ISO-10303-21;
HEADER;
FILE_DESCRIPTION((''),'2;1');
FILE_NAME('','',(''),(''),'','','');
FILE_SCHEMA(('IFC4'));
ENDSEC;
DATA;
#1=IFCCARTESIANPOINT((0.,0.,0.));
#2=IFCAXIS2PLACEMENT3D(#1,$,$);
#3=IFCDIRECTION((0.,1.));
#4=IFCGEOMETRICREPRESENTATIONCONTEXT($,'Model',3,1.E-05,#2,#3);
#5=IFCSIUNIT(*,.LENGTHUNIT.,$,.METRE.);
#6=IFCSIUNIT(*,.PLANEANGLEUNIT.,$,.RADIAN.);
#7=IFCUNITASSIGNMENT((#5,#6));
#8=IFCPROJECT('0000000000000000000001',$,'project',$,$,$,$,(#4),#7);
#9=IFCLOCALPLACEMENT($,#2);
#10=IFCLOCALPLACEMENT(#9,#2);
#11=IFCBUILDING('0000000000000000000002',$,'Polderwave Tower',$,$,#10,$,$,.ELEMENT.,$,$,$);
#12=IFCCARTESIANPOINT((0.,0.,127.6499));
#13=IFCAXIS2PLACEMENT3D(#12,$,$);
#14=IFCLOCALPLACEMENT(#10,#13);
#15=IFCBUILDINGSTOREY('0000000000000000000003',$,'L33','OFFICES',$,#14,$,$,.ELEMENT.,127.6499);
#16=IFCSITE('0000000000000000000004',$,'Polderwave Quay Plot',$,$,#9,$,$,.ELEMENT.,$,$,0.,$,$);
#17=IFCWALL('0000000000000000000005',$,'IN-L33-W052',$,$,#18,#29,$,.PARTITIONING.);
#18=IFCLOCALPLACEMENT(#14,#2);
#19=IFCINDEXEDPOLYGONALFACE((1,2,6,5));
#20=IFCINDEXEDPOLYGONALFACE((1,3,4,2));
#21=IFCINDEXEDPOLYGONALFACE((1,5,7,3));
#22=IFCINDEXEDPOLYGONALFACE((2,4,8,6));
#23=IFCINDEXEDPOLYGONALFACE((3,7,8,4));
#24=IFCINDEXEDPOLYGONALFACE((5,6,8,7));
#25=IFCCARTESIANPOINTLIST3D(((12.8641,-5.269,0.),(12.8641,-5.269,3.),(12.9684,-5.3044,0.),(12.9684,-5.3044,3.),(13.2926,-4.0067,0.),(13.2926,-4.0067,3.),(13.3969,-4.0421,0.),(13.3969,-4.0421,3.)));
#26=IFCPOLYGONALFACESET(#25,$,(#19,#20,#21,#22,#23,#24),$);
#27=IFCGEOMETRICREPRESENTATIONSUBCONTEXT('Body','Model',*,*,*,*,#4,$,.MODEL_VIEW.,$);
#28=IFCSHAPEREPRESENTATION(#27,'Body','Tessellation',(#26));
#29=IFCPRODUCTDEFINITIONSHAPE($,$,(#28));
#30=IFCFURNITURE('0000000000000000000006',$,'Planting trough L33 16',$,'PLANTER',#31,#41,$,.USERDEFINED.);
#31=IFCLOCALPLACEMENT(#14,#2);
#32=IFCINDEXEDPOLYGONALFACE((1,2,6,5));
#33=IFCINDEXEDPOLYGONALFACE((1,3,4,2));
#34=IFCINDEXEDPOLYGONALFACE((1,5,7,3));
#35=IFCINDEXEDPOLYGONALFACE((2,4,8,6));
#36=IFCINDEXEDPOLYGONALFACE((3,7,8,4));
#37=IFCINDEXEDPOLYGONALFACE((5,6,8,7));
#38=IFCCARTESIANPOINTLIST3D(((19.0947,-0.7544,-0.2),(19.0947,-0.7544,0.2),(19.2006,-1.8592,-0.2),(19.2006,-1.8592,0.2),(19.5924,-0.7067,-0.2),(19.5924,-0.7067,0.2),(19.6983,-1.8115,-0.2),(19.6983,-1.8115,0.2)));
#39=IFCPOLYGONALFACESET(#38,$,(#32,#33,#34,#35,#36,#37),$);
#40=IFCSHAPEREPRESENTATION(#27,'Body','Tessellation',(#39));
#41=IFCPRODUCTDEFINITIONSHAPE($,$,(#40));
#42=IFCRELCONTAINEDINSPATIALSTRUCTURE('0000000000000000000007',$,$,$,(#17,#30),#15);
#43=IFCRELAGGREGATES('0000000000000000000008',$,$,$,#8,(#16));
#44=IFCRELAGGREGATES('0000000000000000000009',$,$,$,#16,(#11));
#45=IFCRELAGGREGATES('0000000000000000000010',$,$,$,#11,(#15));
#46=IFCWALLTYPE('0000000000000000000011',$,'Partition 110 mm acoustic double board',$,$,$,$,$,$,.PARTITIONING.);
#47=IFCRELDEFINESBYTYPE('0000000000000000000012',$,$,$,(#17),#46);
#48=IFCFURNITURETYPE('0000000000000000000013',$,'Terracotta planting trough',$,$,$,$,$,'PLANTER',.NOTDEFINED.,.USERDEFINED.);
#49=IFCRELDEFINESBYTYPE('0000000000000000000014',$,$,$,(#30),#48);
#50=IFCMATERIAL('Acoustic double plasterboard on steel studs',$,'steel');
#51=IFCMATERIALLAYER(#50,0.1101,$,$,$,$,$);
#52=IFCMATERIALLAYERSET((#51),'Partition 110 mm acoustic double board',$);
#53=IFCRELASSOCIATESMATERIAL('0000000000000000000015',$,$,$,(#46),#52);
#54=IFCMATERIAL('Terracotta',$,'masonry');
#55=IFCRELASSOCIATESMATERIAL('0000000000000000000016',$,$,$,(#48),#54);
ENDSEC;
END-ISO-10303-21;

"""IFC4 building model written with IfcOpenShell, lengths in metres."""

from ifc_helpers import new_model, si_unit, direction, frame, frame_2d, origin, origin_2d, place, context, subcontext, project, spatial, rectangle, extrude, material, layer, layer_set, type_object, element, save


model = new_model("IFC4")

# Units and contexts
model_context = context("Model", 3, precision=1e-05, world=origin(), true_north=direction((0.0, 1.0)))
body_context = subcontext(model_context, "Body", "Model", "MODEL_VIEW")
ifc_project = project(units=[si_unit("LENGTHUNIT", "METRE"), si_unit("PLANEANGLEUNIT", "RADIAN")], contexts=[model_context])

# Site, building, storey
site_placement = place(None, origin())
site = spatial("IfcSite", under=ifc_project, at=site_placement, Name="Polderwave Quay Plot", CompositionType="ELEMENT", RefElevation=0.0)
building_placement = place(site_placement, origin())
building = spatial("IfcBuilding", under=site, at=building_placement, Name="Polderwave Tower", CompositionType="ELEMENT")
storey_placement = place(building_placement, frame((0.0, 0.0, 127.6499)))
storey = spatial("IfcBuildingStorey", under=building, at=storey_placement, Name="L33", Description="OFFICES", CompositionType="ELEMENT", Elevation=127.6499)

# Wall
ifc_material_1 = material(Name="Acoustic double plasterboard on steel studs", Category="steel")
ifc_layer_1 = layer(ifc_material_1, 0.1101)
ifc_layer_set_1 = layer_set([ifc_layer_1], Name="Partition 110 mm acoustic double board")
wall_type_1 = type_object("IfcWallType", Name="Partition 110 mm acoustic double board", PredefinedType="PARTITIONING", material=ifc_layer_set_1)
wall_1_placement = place(storey_placement, frame((13.3447, -4.0244, 0.0), z_axis=(0.0, 0.0, 1.0), x_axis=(-0.321443, -0.946929, 0.0)))
element("IfcWall", 1, at=wall_1_placement, inside=storey, type_object=wall_type_1, Name="IN-L33-W052", PredefinedType="PARTITIONING", context=body_context, shape_type="SweptSolid", body=[
    extrude(rectangle(XDim=1.333, YDim=0.1101, at=frame_2d((0.6665, 0.0))), origin(), (0.0, 0.0, 1.0), 3.0),
])

# Furniture
ifc_material_2 = material(Name="Terracotta", Category="masonry")
furniture_type = type_object("IfcFurnitureType", Name="Terracotta planting trough", ElementType="PLANTER", AssemblyPlace="NOTDEFINED", PredefinedType="USERDEFINED", material=ifc_material_2)
furniture_placement = place(storey_placement, frame((19.3965, -1.283, -0.2), z_axis=(0.0, 0.0, 1.0), x_axis=(-0.095398, 0.995439, 0.0)))
element("IfcFurniture", 2, at=furniture_placement, inside=storey, type_object=furniture_type, Name="Planting trough L33 16", ObjectType="PLANTER", PredefinedType="USERDEFINED", context=body_context, shape_type="SweptSolid", body=[
    extrude(rectangle(XDim=1.1099, YDim=0.5, at=origin_2d()), origin(), (0.0, 0.0, 1.0), 0.3999),
])

save(model, "model.ifc")
